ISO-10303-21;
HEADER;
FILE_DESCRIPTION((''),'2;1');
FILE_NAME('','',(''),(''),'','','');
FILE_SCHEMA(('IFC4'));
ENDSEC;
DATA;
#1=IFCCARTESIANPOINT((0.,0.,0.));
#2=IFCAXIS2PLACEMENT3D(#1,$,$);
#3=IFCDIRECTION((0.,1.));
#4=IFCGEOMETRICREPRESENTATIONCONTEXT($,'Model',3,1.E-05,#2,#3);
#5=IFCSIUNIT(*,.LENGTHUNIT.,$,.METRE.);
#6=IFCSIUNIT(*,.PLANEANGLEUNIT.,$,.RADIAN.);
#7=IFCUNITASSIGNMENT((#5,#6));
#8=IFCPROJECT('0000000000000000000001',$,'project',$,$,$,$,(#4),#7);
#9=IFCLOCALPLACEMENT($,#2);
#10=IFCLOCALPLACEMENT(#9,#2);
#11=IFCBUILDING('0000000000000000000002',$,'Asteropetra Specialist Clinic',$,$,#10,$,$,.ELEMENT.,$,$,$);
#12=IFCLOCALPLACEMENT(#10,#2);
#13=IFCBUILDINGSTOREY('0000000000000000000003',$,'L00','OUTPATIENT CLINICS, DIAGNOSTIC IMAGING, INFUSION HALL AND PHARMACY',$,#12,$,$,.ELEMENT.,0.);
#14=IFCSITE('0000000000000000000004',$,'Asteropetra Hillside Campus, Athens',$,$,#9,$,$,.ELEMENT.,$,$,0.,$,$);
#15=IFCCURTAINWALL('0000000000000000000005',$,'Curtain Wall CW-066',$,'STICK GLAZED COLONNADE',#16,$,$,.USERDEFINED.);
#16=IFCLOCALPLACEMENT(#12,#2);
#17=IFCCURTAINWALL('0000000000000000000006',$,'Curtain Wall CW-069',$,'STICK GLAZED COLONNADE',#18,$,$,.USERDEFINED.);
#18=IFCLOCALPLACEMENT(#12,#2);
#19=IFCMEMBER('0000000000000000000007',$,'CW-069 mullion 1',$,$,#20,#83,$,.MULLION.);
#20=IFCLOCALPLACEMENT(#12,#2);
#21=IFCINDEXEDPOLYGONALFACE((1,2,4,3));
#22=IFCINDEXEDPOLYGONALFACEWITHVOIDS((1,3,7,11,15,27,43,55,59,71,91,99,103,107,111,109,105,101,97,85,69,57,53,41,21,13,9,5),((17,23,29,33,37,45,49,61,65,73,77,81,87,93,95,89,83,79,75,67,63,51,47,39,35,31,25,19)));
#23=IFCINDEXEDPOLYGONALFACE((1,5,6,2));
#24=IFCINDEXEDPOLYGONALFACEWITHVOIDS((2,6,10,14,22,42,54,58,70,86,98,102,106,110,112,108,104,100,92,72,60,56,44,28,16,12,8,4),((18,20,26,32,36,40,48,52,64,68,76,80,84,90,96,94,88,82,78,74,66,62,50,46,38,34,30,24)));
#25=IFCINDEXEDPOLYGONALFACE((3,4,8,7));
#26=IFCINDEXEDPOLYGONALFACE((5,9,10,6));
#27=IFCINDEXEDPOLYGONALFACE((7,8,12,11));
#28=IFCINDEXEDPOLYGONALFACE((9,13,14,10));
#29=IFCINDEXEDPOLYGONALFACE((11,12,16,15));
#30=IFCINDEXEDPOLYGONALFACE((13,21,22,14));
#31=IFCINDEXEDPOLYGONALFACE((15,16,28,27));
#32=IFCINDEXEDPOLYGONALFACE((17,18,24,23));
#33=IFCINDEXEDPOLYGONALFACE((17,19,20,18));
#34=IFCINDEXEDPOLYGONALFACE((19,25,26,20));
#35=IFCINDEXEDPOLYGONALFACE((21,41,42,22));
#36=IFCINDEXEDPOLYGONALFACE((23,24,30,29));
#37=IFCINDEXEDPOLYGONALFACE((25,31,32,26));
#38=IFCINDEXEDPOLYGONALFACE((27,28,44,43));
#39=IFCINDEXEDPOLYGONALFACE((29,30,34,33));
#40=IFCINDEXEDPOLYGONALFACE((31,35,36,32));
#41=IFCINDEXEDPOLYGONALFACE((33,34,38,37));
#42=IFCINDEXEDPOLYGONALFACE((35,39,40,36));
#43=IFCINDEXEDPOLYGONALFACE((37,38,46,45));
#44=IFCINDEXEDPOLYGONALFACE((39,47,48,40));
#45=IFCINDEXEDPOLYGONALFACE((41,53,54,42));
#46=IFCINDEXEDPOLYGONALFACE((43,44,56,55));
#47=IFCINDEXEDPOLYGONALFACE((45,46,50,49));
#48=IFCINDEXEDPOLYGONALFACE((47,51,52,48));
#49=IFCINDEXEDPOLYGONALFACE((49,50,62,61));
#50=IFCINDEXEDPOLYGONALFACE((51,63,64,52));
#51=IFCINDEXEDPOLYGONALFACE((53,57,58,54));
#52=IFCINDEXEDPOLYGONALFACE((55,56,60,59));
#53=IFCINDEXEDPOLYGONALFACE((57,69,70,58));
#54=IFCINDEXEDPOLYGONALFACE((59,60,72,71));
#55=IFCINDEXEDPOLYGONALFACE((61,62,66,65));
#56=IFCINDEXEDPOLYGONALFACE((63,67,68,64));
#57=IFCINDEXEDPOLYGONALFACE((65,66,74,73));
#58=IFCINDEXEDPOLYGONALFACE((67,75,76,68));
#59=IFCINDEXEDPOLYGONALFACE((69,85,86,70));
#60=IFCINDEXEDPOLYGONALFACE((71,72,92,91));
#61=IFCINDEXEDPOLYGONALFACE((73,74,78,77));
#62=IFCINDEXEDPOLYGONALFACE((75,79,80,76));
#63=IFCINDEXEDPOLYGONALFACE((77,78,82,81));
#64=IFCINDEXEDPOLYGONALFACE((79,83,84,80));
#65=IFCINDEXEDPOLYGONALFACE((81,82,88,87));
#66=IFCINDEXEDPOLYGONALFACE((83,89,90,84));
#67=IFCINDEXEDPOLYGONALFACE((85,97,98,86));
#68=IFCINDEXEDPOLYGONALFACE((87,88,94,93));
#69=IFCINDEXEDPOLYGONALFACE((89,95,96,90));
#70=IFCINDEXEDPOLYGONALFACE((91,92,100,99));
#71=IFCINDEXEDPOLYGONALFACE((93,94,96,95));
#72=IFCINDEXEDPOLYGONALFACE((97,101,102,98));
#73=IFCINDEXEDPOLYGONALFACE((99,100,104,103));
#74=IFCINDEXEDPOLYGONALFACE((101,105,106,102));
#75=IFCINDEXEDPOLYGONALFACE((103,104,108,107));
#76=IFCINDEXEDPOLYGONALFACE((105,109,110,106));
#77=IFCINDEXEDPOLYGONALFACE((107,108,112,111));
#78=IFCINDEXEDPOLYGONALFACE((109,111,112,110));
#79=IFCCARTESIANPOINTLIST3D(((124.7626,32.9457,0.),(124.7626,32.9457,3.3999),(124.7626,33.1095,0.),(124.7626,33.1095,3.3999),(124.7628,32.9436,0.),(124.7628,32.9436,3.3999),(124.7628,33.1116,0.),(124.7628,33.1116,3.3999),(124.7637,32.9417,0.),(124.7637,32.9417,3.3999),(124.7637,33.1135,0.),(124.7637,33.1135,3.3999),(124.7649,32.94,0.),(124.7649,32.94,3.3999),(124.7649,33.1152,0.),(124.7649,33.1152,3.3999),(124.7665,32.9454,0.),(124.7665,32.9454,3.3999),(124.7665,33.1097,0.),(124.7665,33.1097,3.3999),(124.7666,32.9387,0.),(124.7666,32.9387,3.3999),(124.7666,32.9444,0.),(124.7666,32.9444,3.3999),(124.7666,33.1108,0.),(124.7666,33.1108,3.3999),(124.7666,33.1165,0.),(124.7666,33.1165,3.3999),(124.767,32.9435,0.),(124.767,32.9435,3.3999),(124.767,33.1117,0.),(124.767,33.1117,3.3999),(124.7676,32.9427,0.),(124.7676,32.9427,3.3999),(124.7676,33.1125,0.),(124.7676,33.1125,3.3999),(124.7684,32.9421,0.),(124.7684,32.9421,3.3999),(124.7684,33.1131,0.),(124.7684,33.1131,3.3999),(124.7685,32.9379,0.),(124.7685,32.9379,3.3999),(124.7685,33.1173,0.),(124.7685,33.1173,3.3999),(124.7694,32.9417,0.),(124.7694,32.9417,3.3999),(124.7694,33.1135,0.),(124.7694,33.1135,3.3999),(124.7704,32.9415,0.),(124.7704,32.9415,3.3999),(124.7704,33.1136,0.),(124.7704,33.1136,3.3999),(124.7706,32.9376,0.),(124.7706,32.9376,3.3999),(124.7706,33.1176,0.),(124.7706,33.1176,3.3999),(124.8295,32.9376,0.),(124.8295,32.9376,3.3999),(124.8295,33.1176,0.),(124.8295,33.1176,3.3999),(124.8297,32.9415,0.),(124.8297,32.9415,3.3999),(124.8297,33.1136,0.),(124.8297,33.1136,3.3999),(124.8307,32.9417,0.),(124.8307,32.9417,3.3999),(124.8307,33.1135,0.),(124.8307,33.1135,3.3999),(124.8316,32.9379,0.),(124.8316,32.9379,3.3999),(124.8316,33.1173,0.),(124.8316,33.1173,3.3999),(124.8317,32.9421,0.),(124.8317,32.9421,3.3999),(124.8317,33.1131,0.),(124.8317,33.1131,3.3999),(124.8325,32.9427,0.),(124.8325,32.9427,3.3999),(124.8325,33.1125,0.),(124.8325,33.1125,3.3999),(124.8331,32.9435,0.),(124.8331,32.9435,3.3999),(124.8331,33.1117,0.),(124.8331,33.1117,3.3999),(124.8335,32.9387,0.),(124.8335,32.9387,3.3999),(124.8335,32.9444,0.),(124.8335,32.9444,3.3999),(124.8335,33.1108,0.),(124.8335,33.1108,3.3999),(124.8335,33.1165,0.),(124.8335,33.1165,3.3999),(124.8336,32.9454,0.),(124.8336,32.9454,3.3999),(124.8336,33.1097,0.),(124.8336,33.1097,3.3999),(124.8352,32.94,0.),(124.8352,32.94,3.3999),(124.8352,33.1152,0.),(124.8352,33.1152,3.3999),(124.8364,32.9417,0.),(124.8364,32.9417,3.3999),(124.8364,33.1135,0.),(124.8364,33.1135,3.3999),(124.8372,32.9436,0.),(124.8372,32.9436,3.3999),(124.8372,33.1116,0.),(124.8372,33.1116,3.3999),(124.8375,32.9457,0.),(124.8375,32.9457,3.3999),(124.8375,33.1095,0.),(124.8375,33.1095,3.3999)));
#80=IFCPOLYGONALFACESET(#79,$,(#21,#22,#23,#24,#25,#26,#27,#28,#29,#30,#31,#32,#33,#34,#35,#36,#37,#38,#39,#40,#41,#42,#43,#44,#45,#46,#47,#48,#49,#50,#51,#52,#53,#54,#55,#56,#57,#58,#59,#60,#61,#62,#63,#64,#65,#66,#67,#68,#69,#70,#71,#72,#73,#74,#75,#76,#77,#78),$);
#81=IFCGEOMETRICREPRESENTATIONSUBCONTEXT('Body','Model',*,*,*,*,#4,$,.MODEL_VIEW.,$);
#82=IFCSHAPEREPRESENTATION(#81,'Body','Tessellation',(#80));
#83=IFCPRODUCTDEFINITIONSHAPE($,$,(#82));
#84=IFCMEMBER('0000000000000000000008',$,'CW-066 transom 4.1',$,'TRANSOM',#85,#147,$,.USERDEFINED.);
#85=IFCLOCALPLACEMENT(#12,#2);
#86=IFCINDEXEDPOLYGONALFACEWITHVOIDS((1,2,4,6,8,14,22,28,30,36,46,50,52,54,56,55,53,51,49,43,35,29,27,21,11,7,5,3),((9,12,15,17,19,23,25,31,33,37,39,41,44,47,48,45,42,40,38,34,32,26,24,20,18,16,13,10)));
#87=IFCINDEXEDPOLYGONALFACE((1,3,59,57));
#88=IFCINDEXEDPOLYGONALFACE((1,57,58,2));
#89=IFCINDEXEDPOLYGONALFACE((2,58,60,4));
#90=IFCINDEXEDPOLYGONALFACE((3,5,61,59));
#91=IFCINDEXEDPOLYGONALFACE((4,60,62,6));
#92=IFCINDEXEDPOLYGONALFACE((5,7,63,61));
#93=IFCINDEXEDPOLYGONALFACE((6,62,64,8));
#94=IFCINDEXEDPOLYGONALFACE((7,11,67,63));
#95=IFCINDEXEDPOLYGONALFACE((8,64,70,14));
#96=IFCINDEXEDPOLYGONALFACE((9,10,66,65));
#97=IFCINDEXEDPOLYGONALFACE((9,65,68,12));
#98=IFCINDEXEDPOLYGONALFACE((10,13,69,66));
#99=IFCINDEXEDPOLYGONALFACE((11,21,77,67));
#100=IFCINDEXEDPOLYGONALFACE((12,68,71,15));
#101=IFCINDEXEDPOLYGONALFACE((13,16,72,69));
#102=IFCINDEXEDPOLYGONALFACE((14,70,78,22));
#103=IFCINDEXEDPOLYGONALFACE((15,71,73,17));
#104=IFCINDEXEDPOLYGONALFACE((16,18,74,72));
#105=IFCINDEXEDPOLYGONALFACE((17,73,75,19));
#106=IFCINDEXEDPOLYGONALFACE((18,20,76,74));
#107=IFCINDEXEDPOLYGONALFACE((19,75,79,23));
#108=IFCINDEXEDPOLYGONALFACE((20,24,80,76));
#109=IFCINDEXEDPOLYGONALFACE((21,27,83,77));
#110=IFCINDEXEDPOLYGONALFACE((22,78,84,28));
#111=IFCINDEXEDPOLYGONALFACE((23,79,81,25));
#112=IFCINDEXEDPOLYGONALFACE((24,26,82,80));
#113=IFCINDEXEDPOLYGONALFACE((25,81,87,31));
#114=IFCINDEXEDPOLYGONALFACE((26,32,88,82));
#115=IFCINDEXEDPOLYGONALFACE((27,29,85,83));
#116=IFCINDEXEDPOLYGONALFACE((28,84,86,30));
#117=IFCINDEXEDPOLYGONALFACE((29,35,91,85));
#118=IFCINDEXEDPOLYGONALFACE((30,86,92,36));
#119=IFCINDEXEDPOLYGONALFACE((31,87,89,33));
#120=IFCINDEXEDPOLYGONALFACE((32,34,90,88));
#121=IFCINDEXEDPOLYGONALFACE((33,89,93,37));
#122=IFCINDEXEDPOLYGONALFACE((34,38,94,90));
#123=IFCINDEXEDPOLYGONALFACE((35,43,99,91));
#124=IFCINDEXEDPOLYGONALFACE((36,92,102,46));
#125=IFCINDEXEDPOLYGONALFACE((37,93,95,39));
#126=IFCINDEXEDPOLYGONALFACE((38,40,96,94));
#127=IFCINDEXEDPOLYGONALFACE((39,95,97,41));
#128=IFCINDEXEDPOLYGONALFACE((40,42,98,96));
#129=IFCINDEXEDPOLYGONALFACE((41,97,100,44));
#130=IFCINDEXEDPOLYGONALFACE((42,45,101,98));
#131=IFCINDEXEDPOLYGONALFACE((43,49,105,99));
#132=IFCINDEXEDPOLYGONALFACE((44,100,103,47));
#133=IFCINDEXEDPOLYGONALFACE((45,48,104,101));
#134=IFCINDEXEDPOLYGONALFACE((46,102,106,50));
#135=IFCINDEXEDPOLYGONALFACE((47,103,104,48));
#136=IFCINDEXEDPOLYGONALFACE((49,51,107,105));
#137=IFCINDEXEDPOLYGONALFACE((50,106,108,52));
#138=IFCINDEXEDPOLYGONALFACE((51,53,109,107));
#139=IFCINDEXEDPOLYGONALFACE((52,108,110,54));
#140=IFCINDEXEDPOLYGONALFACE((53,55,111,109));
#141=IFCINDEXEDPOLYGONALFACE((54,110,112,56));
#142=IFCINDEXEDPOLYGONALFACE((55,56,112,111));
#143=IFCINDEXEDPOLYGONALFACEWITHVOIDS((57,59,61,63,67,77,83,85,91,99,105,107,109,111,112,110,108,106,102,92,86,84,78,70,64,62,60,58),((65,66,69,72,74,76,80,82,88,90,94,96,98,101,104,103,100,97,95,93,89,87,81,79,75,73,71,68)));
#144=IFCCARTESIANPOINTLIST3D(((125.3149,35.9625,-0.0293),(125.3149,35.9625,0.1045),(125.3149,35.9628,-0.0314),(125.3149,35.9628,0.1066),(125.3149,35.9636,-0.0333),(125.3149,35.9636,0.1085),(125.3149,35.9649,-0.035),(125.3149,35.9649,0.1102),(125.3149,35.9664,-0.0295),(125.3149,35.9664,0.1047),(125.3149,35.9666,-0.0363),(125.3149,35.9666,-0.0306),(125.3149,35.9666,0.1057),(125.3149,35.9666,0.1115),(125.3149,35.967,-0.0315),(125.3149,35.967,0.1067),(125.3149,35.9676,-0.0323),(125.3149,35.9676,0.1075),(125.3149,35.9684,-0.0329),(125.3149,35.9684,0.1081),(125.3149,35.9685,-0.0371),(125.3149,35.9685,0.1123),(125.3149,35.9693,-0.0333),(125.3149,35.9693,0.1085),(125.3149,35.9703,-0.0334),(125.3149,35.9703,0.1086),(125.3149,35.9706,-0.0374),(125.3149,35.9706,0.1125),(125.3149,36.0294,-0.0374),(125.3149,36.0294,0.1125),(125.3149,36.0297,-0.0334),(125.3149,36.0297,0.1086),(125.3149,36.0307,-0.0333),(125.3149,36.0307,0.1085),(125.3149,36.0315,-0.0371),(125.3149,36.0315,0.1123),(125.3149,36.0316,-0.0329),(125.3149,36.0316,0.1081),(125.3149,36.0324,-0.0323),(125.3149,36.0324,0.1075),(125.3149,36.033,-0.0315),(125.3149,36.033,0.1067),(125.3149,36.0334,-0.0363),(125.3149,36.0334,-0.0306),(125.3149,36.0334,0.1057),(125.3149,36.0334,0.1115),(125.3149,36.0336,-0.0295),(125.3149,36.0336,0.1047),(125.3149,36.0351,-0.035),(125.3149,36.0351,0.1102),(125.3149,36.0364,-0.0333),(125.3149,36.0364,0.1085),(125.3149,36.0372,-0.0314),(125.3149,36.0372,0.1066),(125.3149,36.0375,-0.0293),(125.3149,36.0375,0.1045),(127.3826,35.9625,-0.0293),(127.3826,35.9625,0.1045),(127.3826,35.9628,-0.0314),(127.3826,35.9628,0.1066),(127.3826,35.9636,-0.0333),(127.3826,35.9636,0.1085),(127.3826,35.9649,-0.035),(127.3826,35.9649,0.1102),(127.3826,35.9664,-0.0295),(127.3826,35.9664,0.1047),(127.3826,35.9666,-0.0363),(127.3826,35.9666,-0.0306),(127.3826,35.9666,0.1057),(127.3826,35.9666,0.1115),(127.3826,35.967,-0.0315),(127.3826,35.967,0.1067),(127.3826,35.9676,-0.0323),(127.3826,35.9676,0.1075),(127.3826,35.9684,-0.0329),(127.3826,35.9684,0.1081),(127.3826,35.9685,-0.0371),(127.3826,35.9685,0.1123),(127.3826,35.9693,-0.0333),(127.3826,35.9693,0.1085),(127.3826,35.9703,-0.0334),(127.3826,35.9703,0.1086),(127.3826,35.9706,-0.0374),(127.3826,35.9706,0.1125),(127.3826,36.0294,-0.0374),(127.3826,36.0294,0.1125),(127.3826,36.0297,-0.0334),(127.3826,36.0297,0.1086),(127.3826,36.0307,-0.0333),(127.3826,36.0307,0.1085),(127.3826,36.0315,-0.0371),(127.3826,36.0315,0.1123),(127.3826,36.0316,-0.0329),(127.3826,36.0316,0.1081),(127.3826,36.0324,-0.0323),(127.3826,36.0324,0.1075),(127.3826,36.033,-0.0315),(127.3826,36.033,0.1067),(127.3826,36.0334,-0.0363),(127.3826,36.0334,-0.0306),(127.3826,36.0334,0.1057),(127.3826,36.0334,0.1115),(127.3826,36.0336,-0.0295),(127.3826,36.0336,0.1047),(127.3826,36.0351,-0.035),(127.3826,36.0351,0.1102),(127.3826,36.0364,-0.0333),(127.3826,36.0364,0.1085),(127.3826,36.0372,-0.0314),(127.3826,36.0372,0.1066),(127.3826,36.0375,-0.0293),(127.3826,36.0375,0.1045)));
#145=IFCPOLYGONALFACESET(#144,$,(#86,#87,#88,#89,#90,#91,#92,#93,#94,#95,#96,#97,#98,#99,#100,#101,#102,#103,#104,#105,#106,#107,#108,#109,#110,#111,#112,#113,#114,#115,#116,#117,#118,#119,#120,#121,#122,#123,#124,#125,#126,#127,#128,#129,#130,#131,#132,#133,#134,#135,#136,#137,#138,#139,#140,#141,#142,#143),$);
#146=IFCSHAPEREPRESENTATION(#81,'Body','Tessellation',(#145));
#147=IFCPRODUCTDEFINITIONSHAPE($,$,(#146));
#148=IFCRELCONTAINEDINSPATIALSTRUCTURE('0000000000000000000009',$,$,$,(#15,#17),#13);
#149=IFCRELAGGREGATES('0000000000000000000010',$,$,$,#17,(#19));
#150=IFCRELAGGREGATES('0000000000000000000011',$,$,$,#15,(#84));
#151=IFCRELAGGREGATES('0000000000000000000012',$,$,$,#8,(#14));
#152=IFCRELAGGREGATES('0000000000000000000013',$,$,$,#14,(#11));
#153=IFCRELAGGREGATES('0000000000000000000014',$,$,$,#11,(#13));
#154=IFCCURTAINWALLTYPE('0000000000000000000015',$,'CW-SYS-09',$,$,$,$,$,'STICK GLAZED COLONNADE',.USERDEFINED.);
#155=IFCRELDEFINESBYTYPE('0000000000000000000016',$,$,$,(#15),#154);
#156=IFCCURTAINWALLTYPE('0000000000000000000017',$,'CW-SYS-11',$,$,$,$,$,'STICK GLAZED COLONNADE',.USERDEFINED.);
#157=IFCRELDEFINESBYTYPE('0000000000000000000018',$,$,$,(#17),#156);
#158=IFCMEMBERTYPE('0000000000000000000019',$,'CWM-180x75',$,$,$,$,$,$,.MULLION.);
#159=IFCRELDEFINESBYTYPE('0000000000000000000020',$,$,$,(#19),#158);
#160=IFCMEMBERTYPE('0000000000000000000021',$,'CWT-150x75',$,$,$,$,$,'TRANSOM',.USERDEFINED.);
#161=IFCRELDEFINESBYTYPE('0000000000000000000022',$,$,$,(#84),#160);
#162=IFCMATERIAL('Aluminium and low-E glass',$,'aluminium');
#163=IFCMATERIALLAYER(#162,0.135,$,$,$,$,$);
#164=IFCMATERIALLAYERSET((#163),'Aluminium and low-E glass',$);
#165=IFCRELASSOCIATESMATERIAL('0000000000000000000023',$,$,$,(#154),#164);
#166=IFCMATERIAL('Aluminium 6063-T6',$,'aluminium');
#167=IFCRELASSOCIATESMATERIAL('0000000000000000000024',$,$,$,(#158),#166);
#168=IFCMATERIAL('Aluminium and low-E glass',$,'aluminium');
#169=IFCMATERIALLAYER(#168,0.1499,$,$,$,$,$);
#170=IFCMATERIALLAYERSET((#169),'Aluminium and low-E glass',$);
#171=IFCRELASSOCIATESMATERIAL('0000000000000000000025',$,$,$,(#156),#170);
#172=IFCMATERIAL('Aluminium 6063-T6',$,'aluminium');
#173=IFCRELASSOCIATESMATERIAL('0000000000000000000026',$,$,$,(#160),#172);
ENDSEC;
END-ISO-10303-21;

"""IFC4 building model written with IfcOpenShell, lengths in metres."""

from ifc_helpers import new_model, si_unit, direction, frame, origin, origin_2d, place, context, subcontext, project, spatial, hollow_rectangle, extrude, material, layer, layer_set, material_profile, profile_set, type_object, element, aggregate, save


model = new_model("IFC4")

# Units and contexts
model_context = context("Model", 3, precision=1e-05, world=origin(), true_north=direction((0.0, 1.0)))
body_context = subcontext(model_context, "Body", "Model", "MODEL_VIEW")
ifc_project = project(units=[si_unit("LENGTHUNIT", "METRE"), si_unit("PLANEANGLEUNIT", "RADIAN")], contexts=[model_context])

# Site, building, storey
site_placement = place(None, origin())
site = spatial("IfcSite", under=ifc_project, at=site_placement, Name="Asteropetra Hillside Campus, Athens", CompositionType="ELEMENT", RefElevation=0.0)
building_placement = place(site_placement, origin())
building = spatial("IfcBuilding", under=site, at=building_placement, Name="Asteropetra Specialist Clinic", CompositionType="ELEMENT")
storey_placement = place(building_placement, origin())
storey = spatial("IfcBuildingStorey", under=building, at=storey_placement, Name="L00", Description="OUTPATIENT CLINICS, DIAGNOSTIC IMAGING, INFUSION HALL AND PHARMACY", CompositionType="ELEMENT", Elevation=0.0)

# Curtain wall
ifc_material_1 = material(Name="Aluminium and low-E glass", Category="aluminium")
ifc_layer_1 = layer(ifc_material_1, 0.135)
ifc_layer_set_1 = layer_set([ifc_layer_1], Name="Aluminium and low-E glass")
curtain_wall_type_1 = type_object("IfcCurtainWallType", Name="CW-SYS-09", ElementType="STICK GLAZED COLONNADE", PredefinedType="USERDEFINED", material=ifc_layer_set_1)
curtain_wall_1_placement = place(storey_placement, origin())
curtain_wall_1 = element("IfcCurtainWall", 1, at=curtain_wall_1_placement, inside=storey, type_object=curtain_wall_type_1, Name="Curtain Wall CW-066", ObjectType="STICK GLAZED COLONNADE", PredefinedType="USERDEFINED")
ifc_material_2 = material(Name="Aluminium 6063-T6", Category="aluminium")
ifc_material_profile_1 = material_profile(ifc_material_2, hollow_rectangle(XDim=0.075, YDim=0.1799, WallThickness=0.0039, InnerFilletRadius=0.0039, OuterFilletRadius=0.0081, at=origin_2d()), Name="MUL 180x75x4.0")
ifc_profile_set_1 = profile_set([ifc_material_profile_1], Name="Aluminium 6063-T6")
member_type_1 = type_object("IfcMemberType", Name="CWM-180x75", PredefinedType="MULLION", material=ifc_profile_set_1)

# Curtain wall, member
ifc_material_3 = material(Name="Aluminium and low-E glass", Category="aluminium")
ifc_layer_2 = layer(ifc_material_3, 0.1499)
ifc_layer_set_2 = layer_set([ifc_layer_2], Name="Aluminium and low-E glass")
curtain_wall_type_2 = type_object("IfcCurtainWallType", Name="CW-SYS-11", ElementType="STICK GLAZED COLONNADE", PredefinedType="USERDEFINED", material=ifc_layer_set_2)
curtain_wall_2_placement = place(storey_placement, origin())
curtain_wall_2 = element("IfcCurtainWall", 2, at=curtain_wall_2_placement, inside=storey, type_object=curtain_wall_type_2, Name="Curtain Wall CW-069", ObjectType="STICK GLAZED COLONNADE", PredefinedType="USERDEFINED")
member_1_placement = place(storey_placement, frame((124.8, 33.0276, 0.0), z_axis=(0.0, 0.0, 1.0), x_axis=(1.0, 0.0, 0.0)))
member_1 = element("IfcMember", 3, at=member_1_placement, type_object=member_type_1, Name="CW-069 mullion 1", PredefinedType="MULLION", context=body_context, shape_type="SweptSolid", body=[
    extrude(hollow_rectangle(XDim=0.075, YDim=0.1799, WallThickness=0.0039, InnerFilletRadius=0.0039, OuterFilletRadius=0.0081, at=origin_2d()), origin(), (0.0, 0.0, 1.0), 3.3999),
])

# Member
ifc_material_4 = material(Name="Aluminium 6063-T6", Category="aluminium")
ifc_material_profile_2 = material_profile(ifc_material_4, hollow_rectangle(XDim=0.075, YDim=0.1499, WallThickness=0.0039, InnerFilletRadius=0.0039, OuterFilletRadius=0.0081, at=origin_2d()), Name="TRN 150x75x4.0")
ifc_profile_set_2 = profile_set([ifc_material_profile_2], Name="Aluminium 6063-T6")
member_type_2 = type_object("IfcMemberType", Name="CWT-150x75", ElementType="TRANSOM", PredefinedType="USERDEFINED", material=ifc_profile_set_2)
member_2_placement = place(storey_placement, frame((127.3826, 36.0, 0.0376), z_axis=(-1.0, 0.0, 0.0), x_axis=(0.0, -1.0, 0.0)))
member_2 = element("IfcMember", 4, at=member_2_placement, type_object=member_type_2, Name="CW-066 transom 4.1", ObjectType="TRANSOM", PredefinedType="USERDEFINED", context=body_context, shape_type="SweptSolid", body=[
    extrude(hollow_rectangle(XDim=0.075, YDim=0.1499, WallThickness=0.0039, InnerFilletRadius=0.0039, OuterFilletRadius=0.0081, at=origin_2d()), origin(), (0.0, 0.0, 1.0), 2.0676),
])
aggregate(curtain_wall_2, [member_1])

aggregate(curtain_wall_1, [member_2])

save(model, "model.ifc")
